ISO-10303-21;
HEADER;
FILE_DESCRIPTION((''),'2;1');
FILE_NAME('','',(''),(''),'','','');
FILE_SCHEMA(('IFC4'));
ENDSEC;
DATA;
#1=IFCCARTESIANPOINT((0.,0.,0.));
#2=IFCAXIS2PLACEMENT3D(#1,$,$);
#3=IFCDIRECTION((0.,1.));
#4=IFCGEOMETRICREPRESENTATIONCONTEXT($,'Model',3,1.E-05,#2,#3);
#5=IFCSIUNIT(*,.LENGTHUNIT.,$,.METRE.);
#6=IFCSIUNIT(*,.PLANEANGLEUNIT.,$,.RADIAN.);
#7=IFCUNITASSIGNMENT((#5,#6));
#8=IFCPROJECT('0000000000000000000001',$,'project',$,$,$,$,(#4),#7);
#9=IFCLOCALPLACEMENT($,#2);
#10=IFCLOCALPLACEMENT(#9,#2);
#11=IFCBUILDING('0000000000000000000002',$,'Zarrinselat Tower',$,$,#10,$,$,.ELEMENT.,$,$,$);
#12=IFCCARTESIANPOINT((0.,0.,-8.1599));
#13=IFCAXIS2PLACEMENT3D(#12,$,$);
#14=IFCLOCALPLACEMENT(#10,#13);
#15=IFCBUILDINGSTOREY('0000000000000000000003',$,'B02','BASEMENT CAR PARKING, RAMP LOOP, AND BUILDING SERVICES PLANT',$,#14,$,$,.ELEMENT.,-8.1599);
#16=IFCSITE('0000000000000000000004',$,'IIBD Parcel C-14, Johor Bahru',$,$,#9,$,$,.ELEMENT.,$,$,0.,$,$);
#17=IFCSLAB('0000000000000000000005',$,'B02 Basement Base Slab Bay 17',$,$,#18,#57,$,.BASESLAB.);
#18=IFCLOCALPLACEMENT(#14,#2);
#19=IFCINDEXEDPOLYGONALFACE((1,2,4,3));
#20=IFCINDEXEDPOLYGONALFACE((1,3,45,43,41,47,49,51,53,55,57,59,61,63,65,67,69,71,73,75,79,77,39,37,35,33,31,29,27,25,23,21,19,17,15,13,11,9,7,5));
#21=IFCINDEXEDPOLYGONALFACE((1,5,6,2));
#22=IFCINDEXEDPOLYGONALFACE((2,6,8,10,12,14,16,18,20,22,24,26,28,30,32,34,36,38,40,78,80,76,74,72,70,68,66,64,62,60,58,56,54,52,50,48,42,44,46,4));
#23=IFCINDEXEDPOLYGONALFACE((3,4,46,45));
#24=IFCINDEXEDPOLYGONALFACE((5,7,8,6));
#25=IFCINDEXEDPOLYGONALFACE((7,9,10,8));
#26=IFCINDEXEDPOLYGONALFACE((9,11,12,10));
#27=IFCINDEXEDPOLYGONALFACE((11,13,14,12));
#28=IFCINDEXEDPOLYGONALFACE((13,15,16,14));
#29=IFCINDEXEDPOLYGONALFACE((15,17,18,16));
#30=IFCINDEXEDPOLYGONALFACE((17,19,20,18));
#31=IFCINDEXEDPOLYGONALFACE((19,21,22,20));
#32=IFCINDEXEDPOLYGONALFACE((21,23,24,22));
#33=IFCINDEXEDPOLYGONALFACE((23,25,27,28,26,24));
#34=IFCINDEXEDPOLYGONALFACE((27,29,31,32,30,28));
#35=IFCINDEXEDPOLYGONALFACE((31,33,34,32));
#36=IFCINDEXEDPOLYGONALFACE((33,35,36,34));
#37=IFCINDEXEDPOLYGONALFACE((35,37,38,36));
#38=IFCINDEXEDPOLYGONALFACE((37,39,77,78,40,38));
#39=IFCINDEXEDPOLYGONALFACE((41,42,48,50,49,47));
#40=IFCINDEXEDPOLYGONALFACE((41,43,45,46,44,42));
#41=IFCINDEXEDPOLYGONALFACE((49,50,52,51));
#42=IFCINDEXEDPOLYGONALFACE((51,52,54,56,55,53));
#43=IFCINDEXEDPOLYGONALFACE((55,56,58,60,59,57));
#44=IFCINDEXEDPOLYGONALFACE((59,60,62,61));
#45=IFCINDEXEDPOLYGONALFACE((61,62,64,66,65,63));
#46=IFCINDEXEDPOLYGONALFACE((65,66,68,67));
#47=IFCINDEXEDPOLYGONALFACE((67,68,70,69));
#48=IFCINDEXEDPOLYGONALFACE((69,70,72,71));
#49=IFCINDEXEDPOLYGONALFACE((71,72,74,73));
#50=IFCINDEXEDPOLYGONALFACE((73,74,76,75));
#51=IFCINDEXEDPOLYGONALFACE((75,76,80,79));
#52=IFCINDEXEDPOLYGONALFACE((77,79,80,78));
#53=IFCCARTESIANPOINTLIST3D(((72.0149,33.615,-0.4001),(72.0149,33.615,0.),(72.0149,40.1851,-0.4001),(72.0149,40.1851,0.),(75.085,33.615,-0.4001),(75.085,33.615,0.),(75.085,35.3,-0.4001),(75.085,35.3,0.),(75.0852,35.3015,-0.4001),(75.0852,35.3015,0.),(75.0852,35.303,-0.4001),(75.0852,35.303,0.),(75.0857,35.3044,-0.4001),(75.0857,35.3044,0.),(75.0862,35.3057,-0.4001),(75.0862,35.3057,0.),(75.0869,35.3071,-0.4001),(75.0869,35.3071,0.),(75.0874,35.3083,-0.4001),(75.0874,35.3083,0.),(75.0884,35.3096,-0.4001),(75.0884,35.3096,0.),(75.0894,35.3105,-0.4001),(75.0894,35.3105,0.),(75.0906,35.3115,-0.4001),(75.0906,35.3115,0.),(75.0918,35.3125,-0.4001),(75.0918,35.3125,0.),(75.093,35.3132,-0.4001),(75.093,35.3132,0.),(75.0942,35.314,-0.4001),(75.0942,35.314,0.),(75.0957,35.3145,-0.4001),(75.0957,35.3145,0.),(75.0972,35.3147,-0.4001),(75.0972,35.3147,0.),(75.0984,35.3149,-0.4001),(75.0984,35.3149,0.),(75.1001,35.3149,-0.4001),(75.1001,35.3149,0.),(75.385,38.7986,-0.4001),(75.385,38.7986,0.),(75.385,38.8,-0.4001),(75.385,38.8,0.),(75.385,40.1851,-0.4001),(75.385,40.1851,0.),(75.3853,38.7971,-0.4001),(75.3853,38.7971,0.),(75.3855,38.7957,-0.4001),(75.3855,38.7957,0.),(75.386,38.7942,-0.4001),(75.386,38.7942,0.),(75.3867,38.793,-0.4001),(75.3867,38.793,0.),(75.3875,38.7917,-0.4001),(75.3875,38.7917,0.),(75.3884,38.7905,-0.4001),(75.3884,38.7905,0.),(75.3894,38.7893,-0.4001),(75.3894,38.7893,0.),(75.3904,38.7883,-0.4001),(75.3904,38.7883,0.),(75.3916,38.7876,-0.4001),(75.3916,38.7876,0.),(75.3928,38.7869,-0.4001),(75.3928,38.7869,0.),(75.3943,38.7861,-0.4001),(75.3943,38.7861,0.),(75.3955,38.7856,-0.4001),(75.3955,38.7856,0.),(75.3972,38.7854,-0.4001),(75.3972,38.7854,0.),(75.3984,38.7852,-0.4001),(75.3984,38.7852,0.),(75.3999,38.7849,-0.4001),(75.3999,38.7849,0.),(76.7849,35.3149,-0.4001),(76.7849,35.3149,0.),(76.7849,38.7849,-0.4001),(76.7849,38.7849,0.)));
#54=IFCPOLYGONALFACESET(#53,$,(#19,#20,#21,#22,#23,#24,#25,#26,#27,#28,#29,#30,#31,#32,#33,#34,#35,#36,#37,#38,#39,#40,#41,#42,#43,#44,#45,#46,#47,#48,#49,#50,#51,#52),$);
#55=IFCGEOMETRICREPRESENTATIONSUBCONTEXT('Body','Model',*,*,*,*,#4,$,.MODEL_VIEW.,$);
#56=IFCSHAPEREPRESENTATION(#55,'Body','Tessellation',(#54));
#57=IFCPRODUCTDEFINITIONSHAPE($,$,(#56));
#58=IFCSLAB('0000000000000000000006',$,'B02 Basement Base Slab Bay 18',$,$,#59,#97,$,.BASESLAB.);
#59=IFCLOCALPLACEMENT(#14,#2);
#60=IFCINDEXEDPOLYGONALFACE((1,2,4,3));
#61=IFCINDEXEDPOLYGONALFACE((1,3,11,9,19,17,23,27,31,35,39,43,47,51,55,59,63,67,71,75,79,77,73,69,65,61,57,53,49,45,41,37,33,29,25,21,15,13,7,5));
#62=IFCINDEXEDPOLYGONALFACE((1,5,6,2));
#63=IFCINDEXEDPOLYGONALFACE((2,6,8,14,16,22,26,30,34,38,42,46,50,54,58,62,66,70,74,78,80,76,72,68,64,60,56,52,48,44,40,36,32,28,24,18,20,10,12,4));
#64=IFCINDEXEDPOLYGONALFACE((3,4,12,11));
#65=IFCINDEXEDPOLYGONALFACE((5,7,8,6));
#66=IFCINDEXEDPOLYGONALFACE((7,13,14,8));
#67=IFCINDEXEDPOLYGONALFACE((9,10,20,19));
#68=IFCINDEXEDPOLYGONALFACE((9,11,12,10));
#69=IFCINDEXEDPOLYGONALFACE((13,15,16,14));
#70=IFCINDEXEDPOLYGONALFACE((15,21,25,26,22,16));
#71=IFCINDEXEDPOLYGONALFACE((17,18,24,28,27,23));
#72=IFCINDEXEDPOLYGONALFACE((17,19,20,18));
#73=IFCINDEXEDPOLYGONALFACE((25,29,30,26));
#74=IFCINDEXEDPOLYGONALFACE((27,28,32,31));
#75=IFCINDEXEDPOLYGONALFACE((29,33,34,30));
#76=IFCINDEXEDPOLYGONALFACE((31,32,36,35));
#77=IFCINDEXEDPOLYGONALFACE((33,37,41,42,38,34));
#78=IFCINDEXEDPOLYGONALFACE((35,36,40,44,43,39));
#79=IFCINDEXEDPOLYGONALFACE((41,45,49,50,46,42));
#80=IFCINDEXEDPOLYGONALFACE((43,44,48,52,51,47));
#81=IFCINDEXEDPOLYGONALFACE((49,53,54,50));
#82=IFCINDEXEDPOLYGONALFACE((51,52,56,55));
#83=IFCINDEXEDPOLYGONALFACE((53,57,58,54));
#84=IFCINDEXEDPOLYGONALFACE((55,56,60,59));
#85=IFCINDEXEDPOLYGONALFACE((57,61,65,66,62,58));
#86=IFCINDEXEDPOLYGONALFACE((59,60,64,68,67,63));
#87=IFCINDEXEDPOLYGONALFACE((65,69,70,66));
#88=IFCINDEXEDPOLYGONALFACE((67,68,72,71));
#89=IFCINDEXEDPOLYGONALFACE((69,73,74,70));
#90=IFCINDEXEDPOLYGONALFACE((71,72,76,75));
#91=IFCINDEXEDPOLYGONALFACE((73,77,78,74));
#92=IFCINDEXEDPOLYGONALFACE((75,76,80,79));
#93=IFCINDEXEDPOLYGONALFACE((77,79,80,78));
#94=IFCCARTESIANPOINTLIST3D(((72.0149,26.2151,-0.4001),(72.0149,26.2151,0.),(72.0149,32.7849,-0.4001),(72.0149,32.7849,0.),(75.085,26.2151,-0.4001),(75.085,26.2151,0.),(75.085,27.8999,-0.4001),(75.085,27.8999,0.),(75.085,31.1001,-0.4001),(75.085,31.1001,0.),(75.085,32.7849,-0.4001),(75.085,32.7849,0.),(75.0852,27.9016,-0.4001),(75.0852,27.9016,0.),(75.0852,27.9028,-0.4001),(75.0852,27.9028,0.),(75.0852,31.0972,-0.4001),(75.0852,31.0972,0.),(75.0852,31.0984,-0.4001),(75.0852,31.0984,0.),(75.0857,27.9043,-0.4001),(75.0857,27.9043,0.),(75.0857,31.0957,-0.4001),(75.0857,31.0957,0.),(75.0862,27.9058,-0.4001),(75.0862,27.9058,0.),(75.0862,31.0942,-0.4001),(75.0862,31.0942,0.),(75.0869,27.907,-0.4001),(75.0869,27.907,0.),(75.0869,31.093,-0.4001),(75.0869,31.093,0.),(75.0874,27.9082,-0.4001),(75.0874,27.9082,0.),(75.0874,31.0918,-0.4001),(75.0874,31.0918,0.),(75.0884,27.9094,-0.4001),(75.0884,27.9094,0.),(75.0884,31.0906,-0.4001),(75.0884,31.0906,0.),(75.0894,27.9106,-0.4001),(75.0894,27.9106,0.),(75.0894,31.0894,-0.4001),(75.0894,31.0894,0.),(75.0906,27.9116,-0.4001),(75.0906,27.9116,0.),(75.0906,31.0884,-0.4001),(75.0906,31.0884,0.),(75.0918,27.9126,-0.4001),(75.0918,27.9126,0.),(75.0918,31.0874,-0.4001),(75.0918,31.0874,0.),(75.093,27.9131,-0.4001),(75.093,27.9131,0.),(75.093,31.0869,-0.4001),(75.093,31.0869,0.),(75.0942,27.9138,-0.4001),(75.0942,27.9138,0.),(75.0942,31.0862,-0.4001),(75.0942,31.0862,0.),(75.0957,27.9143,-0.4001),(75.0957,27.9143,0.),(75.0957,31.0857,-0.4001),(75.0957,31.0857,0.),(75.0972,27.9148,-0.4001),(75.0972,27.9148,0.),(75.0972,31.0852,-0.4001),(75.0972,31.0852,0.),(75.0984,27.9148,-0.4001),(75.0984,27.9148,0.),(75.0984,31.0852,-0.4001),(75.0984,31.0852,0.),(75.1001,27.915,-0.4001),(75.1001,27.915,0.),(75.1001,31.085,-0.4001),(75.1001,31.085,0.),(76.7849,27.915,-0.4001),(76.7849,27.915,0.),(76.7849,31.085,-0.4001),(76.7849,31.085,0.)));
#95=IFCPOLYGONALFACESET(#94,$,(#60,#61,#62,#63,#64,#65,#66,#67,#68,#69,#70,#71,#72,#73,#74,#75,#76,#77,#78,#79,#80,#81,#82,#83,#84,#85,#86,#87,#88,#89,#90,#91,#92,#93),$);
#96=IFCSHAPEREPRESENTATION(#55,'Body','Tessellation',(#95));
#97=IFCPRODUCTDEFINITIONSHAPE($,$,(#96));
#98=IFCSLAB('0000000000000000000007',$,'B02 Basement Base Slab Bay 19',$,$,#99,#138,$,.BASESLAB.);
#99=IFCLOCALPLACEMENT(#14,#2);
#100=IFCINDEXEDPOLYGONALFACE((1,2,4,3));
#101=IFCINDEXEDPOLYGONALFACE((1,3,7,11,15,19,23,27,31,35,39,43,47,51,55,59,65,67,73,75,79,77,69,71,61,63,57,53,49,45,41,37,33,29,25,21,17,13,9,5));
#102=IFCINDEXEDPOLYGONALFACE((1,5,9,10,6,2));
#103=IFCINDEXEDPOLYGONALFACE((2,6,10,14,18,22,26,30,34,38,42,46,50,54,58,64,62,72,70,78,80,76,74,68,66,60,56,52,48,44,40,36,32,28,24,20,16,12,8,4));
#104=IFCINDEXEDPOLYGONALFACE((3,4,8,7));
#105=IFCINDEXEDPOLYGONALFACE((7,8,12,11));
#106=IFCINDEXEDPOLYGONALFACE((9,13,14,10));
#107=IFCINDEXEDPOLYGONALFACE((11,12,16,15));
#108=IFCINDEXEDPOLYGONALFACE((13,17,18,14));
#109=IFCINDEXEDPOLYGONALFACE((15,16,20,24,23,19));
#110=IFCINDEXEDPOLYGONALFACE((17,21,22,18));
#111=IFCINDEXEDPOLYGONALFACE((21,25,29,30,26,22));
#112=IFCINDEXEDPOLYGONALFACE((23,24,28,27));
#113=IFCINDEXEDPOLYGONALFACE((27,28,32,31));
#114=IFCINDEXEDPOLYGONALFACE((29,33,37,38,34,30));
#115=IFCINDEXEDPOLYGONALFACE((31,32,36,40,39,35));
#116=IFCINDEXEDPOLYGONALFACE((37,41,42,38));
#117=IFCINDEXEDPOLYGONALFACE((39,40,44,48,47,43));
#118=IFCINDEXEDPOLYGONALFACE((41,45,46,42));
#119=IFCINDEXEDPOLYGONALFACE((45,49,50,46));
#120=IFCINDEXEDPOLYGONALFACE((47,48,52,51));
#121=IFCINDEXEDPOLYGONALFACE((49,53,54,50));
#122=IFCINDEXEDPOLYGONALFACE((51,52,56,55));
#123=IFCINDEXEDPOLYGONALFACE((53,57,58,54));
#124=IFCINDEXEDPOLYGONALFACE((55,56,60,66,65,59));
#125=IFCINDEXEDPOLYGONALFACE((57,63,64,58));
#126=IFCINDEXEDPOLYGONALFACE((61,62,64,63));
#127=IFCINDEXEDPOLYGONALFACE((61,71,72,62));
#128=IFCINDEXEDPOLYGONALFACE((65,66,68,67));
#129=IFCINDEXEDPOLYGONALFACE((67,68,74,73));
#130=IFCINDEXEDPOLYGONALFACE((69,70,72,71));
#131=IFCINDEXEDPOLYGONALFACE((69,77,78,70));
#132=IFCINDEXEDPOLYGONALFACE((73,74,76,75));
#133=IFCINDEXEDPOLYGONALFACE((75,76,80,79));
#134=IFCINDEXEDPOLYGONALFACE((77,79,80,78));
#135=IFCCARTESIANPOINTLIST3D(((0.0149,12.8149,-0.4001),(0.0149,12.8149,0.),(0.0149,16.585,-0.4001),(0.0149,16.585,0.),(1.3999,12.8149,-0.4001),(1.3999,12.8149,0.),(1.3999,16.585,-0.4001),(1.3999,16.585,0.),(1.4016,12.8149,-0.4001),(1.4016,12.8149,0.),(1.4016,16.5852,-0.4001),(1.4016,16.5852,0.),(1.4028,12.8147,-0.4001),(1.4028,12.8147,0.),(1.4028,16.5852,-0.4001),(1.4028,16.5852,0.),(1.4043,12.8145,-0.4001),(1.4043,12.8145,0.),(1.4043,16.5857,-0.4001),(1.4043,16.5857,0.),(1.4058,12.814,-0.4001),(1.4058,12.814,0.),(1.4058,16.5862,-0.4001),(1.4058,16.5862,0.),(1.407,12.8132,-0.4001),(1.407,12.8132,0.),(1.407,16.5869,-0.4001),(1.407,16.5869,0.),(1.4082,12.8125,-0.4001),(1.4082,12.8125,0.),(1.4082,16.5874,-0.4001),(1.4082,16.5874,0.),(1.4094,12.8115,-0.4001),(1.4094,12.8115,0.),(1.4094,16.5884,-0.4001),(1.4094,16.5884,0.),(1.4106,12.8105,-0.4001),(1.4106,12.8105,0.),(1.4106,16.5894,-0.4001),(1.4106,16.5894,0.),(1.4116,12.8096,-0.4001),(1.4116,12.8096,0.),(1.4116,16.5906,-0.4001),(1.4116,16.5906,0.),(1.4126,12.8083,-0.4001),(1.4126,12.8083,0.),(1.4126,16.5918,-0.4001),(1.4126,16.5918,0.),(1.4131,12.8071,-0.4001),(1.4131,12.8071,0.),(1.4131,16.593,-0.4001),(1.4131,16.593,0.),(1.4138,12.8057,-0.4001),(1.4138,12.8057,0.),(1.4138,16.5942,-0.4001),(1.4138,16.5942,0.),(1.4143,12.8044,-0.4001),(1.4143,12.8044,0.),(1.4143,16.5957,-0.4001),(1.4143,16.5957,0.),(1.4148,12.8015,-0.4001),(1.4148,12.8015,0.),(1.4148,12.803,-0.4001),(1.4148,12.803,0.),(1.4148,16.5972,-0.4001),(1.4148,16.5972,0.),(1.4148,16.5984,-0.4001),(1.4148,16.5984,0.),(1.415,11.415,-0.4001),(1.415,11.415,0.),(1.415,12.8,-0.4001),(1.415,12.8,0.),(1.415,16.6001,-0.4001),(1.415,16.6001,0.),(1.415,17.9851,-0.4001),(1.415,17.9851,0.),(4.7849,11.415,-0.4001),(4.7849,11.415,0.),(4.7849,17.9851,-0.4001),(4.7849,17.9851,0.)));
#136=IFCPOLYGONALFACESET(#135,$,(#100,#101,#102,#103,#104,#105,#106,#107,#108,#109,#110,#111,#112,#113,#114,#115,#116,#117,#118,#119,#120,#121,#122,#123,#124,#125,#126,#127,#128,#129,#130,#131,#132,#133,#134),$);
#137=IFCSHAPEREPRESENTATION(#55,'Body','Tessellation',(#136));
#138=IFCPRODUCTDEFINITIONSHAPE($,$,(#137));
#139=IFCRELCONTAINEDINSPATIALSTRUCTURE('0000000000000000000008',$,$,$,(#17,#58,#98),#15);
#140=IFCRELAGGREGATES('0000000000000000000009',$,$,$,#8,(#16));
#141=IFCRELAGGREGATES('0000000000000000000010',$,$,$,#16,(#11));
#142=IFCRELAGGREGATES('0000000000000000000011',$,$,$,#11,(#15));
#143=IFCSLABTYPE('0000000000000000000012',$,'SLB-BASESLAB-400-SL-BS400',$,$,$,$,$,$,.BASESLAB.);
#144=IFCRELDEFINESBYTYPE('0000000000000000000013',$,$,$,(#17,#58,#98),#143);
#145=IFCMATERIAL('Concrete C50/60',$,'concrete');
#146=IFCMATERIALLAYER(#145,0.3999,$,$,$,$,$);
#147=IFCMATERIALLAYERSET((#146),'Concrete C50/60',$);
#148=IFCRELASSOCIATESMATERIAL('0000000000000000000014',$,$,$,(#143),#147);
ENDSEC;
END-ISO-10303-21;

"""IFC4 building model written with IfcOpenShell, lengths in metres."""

from ifc_helpers import new_model, si_unit, direction, frame, origin, place, context, subcontext, project, spatial, polyline, outline, extrude, material, layer, layer_set, type_object, element, save


model = new_model("IFC4")

# Units and contexts
model_context = context("Model", 3, precision=1e-05, world=origin(), true_north=direction((0.0, 1.0)))
body_context = subcontext(model_context, "Body", "Model", "MODEL_VIEW")
ifc_project = project(units=[si_unit("LENGTHUNIT", "METRE"), si_unit("PLANEANGLEUNIT", "RADIAN")], contexts=[model_context])

# Site, building, storey
site_placement = place(None, origin())
site = spatial("IfcSite", under=ifc_project, at=site_placement, Name="IIBD Parcel C-14, Johor Bahru", CompositionType="ELEMENT", RefElevation=0.0)
building_placement = place(site_placement, origin())
building = spatial("IfcBuilding", under=site, at=building_placement, Name="Zarrinselat Tower", CompositionType="ELEMENT")
storey_placement = place(building_placement, frame((0.0, 0.0, -8.1599)))
storey = spatial("IfcBuildingStorey", under=building, at=storey_placement, Name="B02", Description="BASEMENT CAR PARKING, RAMP LOOP, AND BUILDING SERVICES PLANT", CompositionType="ELEMENT", Elevation=-8.1599)

# Slabs
ifc_material_1 = material(Name="Concrete C50/60", Category="concrete")
ifc_layer_1 = layer(ifc_material_1, 0.3999)
ifc_layer_set_1 = layer_set([ifc_layer_1], Name="Concrete C50/60")
slab_type_1 = type_object("IfcSlabType", Name="SLB-BASESLAB-400-SL-BS400", PredefinedType="BASESLAB", material=ifc_layer_set_1)
slab_1_placement = place(storey_placement, frame((0.0, 0.0, -0.4001)))
element("IfcSlab", 1, at=slab_1_placement, inside=storey, type_object=slab_type_1, Name="B02 Basement Base Slab Bay 17", PredefinedType="BASESLAB", context=body_context, shape_type="SweptSolid", body=[
    extrude(outline(polyline([(72.0149, 33.615), (72.0149, 40.1851), (75.385, 40.1851), (75.385, 38.8), (75.385, 38.7986), (75.3853, 38.7971), (75.3855, 38.7957), (75.386, 38.7942), (75.3867, 38.793), (75.3875, 38.7917), (75.3884, 38.7905), (75.3894, 38.7893), (75.3904, 38.7883), (75.3916, 38.7876), (75.3928, 38.7869), (75.3943, 38.7861), (75.3955, 38.7856), (75.3972, 38.7854), (75.3984, 38.7852), (75.3999, 38.7849), (76.7849, 38.7849), (76.7849, 35.3149), (75.1001, 35.3149), (75.0984, 35.3149), (75.0972, 35.3147), (75.0957, 35.3145), (75.0942, 35.314), (75.093, 35.3132), (75.0918, 35.3125), (75.0906, 35.3115), (75.0894, 35.3105), (75.0884, 35.3096), (75.0874, 35.3083), (75.0869, 35.3071), (75.0862, 35.3057), (75.0857, 35.3044), (75.0852, 35.303), (75.0852, 35.3015), (75.085, 35.3), (75.085, 33.615), (72.0149, 33.615)])), origin(), (0.0, 0.0, 1.0), 0.4001),
])
slab_2_placement = place(storey_placement, frame((0.0, 0.0, -0.4001)))
element("IfcSlab", 2, at=slab_2_placement, inside=storey, type_object=slab_type_1, Name="B02 Basement Base Slab Bay 18", PredefinedType="BASESLAB", context=body_context, shape_type="SweptSolid", body=[
    extrude(outline(polyline([(72.0149, 26.2151), (72.0149, 32.7849), (75.085, 32.7849), (75.085, 31.1001), (75.0852, 31.0984), (75.0852, 31.0972), (75.0857, 31.0957), (75.0862, 31.0942), (75.0869, 31.093), (75.0874, 31.0918), (75.0884, 31.0906), (75.0894, 31.0894), (75.0906, 31.0884), (75.0918, 31.0874), (75.093, 31.0869), (75.0942, 31.0862), (75.0957, 31.0857), (75.0972, 31.0852), (75.0984, 31.0852), (75.1001, 31.085), (76.7849, 31.085), (76.7849, 27.915), (75.1001, 27.915), (75.0984, 27.9148), (75.0972, 27.9148), (75.0957, 27.9143), (75.0942, 27.9138), (75.093, 27.9131), (75.0918, 27.9126), (75.0906, 27.9116), (75.0894, 27.9106), (75.0884, 27.9094), (75.0874, 27.9082), (75.0869, 27.907), (75.0862, 27.9058), (75.0857, 27.9043), (75.0852, 27.9028), (75.0852, 27.9016), (75.085, 27.8999), (75.085, 26.2151), (72.0149, 26.2151)])), origin(), (0.0, 0.0, 1.0), 0.4001),
])
slab_3_placement = place(storey_placement, frame((0.0, 0.0, -0.4001)))
element("IfcSlab", 3, at=slab_3_placement, inside=storey, type_object=slab_type_1, Name="B02 Basement Base Slab Bay 19", PredefinedType="BASESLAB", context=body_context, shape_type="SweptSolid", body=[
    extrude(outline(polyline([(4.7849, 17.9851), (4.7849, 11.415), (1.415, 11.415), (1.415, 12.8), (1.4148, 12.8015), (1.4148, 12.803), (1.4143, 12.8044), (1.4138, 12.8057), (1.4131, 12.8071), (1.4126, 12.8083), (1.4116, 12.8096), (1.4106, 12.8105), (1.4094, 12.8115), (1.4082, 12.8125), (1.407, 12.8132), (1.4058, 12.814), (1.4043, 12.8145), (1.4028, 12.8147), (1.4016, 12.8149), (1.3999, 12.8149), (0.0149, 12.8149), (0.0149, 16.585), (1.3999, 16.585), (1.4016, 16.5852), (1.4028, 16.5852), (1.4043, 16.5857), (1.4058, 16.5862), (1.407, 16.5869), (1.4082, 16.5874), (1.4094, 16.5884), (1.4106, 16.5894), (1.4116, 16.5906), (1.4126, 16.5918), (1.4131, 16.593), (1.4138, 16.5942), (1.4143, 16.5957), (1.4148, 16.5972), (1.4148, 16.5984), (1.415, 16.6001), (1.415, 17.9851), (4.7849, 17.9851)])), origin(), (0.0, 0.0, 1.0), 0.4001),
])

save(model, "model.ifc")
